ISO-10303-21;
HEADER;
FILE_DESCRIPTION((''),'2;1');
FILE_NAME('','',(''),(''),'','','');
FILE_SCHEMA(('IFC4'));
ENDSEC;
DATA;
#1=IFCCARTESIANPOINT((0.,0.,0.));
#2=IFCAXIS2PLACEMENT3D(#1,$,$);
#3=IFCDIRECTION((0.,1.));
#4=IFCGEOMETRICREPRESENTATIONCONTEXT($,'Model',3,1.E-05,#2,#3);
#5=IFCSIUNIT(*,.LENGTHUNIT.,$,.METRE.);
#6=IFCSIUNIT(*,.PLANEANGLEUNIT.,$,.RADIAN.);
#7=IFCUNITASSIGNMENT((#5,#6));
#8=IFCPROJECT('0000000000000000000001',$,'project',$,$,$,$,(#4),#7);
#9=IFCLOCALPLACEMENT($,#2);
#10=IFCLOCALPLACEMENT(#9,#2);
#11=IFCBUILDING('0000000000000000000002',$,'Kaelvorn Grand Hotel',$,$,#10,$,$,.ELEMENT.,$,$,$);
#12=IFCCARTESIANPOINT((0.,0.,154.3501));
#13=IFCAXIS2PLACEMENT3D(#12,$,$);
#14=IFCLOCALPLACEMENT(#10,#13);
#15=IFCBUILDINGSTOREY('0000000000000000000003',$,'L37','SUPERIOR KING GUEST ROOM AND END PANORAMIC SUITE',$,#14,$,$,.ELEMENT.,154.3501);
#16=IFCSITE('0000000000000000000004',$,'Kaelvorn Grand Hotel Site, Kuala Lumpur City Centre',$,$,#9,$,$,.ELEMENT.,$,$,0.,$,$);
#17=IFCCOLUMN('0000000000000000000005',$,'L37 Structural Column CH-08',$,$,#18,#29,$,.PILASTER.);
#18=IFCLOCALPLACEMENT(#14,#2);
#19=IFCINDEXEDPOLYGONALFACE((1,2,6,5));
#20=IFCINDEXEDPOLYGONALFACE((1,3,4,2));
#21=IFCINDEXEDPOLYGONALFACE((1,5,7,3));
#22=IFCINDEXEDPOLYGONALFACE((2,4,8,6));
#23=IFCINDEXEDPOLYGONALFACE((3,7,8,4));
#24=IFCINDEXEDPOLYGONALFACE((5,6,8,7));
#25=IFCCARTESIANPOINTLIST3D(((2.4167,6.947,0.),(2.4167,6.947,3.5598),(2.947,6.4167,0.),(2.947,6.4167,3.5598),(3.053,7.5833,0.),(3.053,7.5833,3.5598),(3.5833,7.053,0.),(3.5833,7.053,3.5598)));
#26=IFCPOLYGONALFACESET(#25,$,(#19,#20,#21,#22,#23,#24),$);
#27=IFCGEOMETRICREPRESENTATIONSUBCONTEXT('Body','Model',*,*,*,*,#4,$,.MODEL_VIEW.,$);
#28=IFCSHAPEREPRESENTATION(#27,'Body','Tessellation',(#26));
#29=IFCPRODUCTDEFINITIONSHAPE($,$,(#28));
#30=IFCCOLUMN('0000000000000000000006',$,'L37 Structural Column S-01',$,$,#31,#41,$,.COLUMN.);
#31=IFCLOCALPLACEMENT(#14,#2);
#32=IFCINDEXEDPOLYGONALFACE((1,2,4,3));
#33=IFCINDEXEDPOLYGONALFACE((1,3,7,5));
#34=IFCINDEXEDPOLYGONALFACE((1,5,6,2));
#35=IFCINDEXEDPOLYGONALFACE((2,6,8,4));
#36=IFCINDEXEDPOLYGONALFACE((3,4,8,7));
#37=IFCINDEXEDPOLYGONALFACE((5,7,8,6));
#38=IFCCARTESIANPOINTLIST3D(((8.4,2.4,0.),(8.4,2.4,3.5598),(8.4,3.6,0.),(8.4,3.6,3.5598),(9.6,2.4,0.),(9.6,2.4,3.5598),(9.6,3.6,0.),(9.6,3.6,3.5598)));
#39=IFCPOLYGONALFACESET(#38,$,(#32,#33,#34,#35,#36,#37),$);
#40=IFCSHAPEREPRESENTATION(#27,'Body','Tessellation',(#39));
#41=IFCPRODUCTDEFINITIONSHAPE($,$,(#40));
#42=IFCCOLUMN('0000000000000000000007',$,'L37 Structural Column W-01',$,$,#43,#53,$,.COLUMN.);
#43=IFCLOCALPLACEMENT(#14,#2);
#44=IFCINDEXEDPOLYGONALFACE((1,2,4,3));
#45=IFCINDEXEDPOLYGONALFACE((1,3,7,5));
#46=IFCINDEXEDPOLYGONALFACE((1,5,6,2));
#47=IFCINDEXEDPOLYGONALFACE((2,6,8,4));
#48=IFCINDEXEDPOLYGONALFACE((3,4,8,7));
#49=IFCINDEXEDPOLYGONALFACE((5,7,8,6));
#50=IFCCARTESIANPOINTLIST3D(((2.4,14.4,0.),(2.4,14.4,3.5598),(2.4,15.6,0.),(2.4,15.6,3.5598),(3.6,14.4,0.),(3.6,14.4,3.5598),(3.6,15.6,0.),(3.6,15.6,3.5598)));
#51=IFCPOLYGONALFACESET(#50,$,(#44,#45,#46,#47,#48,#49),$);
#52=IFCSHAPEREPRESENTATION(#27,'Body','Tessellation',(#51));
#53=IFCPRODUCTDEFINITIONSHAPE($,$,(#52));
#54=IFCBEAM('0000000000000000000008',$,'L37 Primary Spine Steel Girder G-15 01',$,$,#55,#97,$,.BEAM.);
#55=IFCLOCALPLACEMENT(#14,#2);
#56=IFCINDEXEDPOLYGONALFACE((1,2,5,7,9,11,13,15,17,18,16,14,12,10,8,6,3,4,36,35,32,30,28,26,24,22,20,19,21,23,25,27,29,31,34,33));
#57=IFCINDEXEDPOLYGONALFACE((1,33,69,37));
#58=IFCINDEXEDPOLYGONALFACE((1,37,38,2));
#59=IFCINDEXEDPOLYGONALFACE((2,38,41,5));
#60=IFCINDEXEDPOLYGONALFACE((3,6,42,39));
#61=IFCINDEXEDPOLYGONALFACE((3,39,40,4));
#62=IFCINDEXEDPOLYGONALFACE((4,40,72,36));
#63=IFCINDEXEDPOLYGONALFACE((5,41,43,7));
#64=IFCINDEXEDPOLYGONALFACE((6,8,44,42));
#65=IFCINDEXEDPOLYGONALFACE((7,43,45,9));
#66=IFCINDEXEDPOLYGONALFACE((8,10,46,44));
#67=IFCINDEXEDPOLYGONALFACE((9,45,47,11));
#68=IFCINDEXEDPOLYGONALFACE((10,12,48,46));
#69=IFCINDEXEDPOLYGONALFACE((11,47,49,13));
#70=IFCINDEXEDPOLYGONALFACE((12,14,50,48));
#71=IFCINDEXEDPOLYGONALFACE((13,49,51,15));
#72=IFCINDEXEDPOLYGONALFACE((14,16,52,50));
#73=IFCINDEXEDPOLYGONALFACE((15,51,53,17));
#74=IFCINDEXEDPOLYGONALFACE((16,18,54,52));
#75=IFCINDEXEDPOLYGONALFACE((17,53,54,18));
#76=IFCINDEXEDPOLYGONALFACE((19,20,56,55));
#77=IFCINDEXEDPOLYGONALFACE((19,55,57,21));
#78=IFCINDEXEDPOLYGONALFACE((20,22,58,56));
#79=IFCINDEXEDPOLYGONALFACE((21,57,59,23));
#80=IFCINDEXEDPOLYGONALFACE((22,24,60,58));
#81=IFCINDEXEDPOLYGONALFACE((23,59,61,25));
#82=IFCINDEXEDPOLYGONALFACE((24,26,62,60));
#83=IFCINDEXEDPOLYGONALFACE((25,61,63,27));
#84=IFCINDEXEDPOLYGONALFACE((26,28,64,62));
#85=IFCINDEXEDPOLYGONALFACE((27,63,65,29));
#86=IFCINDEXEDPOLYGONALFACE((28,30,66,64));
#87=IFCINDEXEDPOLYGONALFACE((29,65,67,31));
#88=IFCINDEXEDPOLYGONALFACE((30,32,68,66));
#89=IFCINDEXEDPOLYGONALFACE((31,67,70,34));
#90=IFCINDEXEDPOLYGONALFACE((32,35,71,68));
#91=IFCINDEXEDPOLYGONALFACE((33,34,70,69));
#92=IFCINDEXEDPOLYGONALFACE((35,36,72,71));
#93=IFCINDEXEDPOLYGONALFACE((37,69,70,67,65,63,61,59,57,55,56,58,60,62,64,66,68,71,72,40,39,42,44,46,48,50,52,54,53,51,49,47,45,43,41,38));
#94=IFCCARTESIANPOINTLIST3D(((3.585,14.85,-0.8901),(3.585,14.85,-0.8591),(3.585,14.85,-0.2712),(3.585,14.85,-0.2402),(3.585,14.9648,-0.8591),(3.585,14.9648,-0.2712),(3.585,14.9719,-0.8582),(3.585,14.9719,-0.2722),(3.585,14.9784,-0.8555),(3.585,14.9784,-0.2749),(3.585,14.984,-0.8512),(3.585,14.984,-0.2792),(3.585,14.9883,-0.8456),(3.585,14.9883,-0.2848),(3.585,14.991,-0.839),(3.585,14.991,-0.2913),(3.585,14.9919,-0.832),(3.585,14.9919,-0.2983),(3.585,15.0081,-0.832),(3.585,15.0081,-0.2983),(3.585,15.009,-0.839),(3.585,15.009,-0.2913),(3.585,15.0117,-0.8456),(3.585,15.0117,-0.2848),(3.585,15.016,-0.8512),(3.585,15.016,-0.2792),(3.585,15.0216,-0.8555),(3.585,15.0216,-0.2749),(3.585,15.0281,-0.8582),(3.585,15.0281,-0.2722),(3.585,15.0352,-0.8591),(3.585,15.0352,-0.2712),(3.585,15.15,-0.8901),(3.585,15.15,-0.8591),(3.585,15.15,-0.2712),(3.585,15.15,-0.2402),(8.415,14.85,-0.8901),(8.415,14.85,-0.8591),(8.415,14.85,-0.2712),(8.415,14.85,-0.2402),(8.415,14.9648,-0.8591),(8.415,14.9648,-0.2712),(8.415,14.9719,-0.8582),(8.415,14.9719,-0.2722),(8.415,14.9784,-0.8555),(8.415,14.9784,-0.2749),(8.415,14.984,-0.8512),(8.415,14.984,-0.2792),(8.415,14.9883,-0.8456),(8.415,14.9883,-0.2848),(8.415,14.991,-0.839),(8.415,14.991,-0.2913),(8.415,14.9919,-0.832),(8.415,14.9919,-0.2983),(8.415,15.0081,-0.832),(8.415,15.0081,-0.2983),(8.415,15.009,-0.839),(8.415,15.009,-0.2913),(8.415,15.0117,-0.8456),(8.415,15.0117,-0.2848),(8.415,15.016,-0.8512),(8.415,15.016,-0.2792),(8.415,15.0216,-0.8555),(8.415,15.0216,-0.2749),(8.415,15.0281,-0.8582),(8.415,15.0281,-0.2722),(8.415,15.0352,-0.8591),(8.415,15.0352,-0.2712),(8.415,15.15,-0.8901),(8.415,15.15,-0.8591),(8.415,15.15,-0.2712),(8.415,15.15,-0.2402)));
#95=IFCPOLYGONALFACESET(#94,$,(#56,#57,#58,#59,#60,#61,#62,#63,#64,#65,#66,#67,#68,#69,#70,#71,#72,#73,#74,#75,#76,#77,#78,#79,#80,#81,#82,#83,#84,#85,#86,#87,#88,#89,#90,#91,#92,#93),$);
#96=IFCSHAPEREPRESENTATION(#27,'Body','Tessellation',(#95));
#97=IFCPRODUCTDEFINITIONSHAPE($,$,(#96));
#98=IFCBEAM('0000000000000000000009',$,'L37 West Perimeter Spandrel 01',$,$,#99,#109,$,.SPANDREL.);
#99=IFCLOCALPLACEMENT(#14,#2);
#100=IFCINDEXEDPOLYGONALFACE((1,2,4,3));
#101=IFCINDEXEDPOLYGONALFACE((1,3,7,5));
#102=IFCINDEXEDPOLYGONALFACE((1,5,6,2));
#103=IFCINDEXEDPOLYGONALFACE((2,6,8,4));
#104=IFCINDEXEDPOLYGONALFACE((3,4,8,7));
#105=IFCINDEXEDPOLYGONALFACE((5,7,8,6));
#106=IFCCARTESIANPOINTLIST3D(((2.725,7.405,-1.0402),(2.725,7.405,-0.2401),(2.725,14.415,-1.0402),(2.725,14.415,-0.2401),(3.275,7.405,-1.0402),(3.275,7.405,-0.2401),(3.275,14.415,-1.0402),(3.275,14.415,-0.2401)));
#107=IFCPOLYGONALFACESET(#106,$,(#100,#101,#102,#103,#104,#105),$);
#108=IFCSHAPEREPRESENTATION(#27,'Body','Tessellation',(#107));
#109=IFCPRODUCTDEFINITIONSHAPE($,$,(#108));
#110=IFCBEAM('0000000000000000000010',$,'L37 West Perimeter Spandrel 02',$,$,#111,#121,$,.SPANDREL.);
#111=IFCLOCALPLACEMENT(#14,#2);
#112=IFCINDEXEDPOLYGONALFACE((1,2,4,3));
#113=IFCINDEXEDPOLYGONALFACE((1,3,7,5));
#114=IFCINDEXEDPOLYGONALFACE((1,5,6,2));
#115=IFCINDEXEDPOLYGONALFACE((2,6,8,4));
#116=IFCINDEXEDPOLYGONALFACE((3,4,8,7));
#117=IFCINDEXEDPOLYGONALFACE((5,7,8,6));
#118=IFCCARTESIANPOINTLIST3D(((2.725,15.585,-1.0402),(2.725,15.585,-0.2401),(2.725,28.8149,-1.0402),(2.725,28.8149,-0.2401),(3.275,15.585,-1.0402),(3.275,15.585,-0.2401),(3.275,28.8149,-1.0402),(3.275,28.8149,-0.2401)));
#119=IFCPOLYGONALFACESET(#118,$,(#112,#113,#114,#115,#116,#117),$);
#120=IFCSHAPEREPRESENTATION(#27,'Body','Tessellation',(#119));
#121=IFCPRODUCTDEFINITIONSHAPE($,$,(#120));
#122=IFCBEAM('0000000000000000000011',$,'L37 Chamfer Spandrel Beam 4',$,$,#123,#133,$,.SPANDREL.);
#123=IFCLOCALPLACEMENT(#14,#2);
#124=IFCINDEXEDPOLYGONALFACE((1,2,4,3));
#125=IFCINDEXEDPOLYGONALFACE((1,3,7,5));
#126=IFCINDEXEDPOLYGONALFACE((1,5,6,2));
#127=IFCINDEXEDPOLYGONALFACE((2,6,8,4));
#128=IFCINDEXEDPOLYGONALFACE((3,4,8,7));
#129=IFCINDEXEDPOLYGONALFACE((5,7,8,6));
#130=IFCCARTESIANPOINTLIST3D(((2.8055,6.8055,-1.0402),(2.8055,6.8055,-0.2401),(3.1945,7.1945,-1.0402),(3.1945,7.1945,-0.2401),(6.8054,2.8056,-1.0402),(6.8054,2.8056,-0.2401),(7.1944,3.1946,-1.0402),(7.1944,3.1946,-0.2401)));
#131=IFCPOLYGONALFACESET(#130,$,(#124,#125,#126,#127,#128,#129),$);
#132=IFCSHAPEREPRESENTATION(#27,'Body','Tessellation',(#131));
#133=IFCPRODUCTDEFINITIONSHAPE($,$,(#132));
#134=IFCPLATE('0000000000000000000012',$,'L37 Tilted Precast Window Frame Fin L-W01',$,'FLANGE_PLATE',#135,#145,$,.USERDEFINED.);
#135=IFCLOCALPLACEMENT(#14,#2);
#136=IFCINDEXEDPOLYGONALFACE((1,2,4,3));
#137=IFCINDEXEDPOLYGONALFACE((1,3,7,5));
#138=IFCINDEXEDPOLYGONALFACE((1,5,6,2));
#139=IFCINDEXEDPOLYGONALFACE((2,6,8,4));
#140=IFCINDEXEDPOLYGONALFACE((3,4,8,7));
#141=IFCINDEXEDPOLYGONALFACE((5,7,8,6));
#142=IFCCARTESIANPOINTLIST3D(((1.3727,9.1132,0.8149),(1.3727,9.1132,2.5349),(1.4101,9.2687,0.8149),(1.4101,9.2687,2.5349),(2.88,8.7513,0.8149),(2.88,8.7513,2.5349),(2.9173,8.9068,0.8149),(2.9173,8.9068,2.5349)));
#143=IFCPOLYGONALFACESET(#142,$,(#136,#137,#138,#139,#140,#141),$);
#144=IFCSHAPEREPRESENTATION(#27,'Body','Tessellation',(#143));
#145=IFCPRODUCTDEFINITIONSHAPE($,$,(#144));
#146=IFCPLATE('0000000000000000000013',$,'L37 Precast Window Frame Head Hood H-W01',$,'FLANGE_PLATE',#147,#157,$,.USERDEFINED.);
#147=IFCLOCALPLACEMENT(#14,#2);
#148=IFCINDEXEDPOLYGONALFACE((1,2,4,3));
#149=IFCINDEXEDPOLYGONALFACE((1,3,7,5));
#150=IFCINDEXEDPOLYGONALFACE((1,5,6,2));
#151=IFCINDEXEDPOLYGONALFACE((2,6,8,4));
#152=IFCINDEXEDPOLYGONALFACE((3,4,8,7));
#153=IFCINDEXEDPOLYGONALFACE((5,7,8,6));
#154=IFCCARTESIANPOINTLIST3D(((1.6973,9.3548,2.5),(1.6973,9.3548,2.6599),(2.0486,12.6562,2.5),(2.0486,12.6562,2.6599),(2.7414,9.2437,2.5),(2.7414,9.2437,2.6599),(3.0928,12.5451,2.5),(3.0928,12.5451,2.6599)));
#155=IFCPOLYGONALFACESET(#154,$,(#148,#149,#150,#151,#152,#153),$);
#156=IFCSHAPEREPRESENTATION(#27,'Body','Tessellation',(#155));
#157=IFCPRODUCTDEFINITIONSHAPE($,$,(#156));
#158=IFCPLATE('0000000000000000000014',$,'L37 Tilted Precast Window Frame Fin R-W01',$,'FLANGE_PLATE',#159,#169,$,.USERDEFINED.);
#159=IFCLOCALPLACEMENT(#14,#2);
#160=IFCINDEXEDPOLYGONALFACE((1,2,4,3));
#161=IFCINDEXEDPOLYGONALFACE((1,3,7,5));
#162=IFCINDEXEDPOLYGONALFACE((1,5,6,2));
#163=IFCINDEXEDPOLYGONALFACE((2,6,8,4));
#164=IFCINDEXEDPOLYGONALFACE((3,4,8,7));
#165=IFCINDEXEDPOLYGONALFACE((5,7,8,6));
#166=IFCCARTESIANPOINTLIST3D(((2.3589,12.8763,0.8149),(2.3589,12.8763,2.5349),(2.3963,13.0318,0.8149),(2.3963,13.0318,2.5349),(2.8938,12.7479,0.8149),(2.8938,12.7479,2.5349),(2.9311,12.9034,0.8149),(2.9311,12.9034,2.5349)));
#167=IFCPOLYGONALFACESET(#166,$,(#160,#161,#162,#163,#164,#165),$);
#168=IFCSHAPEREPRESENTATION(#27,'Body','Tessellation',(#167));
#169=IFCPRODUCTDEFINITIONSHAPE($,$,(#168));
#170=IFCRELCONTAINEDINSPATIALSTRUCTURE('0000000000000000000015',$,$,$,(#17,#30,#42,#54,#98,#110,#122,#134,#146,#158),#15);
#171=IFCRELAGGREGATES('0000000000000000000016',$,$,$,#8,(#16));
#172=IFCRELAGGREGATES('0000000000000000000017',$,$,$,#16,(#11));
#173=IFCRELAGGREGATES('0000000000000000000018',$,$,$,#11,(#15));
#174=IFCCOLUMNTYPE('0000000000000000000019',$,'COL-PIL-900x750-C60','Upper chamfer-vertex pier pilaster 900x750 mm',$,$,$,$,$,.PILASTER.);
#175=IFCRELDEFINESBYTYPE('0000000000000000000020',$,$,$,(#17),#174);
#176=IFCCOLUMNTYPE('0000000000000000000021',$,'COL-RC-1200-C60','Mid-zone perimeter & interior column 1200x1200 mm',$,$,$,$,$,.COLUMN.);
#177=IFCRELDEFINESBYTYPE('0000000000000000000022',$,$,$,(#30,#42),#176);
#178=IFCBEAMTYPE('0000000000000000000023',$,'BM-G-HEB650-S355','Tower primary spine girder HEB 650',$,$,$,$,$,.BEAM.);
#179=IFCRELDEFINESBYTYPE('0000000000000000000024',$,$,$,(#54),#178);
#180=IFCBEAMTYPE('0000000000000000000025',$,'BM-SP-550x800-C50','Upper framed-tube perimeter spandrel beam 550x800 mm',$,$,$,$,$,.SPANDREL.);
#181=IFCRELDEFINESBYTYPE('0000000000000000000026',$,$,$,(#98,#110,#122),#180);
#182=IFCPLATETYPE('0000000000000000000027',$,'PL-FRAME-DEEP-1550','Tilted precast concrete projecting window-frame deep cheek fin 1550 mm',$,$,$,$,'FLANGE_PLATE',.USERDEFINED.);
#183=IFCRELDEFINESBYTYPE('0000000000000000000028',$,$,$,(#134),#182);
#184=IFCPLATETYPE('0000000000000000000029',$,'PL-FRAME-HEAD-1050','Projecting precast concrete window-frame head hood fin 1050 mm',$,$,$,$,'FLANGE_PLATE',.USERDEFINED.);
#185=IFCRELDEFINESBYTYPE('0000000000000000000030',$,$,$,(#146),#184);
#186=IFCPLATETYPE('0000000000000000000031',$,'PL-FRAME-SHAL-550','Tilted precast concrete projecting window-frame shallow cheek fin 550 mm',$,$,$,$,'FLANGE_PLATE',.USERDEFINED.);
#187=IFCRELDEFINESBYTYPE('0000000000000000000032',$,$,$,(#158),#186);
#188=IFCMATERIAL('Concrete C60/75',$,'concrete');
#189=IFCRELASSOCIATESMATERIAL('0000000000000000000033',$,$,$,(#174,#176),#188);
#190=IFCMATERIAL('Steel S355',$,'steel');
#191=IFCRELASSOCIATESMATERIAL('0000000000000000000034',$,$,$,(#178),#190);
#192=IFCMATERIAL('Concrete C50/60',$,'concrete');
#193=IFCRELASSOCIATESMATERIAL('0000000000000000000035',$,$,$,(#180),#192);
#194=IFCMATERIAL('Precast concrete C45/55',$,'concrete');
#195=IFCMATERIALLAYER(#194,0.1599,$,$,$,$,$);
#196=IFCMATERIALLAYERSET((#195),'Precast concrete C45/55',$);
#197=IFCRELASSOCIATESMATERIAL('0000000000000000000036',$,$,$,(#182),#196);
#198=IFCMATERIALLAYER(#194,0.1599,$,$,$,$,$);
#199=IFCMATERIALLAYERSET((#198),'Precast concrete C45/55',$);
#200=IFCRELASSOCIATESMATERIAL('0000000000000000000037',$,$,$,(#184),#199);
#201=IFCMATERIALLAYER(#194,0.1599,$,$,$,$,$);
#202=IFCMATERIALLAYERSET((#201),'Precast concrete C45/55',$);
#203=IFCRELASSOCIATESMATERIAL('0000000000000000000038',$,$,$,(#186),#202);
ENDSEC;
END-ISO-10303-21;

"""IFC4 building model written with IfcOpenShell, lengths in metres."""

from ifc_helpers import new_model, si_unit, direction, frame, origin, origin_2d, place, context, subcontext, project, spatial, rectangle, i_section, extrude, material, layer, layer_set, material_profile, profile_set, type_object, element, save


model = new_model("IFC4")

# Units and contexts
model_context = context("Model", 3, precision=1e-05, world=origin(), true_north=direction((0.0, 1.0)))
body_context = subcontext(model_context, "Body", "Model", "MODEL_VIEW")
ifc_project = project(units=[si_unit("LENGTHUNIT", "METRE"), si_unit("PLANEANGLEUNIT", "RADIAN")], contexts=[model_context])

# Site, building, storey
site_placement = place(None, origin())
site = spatial("IfcSite", under=ifc_project, at=site_placement, Name="Kaelvorn Grand Hotel Site, Kuala Lumpur City Centre", CompositionType="ELEMENT", RefElevation=0.0)
building_placement = place(site_placement, origin())
building = spatial("IfcBuilding", under=site, at=building_placement, Name="Kaelvorn Grand Hotel", CompositionType="ELEMENT")
storey_placement = place(building_placement, frame((0.0, 0.0, 154.3501)))
storey = spatial("IfcBuildingStorey", under=building, at=storey_placement, Name="L37", Description="SUPERIOR KING GUEST ROOM AND END PANORAMIC SUITE", CompositionType="ELEMENT", Elevation=154.3501)

# Columns
ifc_material_1 = material(Name="Concrete C60/75", Category="concrete")
ifc_material_profile_1 = material_profile(ifc_material_1, rectangle(XDim=0.8999, YDim=0.75, at=origin_2d()), Name="RC PILASTER 900x750")
ifc_profile_set_1 = profile_set([ifc_material_profile_1], Name="Concrete C60/75")
column_type_1 = type_object("IfcColumnType", Name="COL-PIL-900x750-C60", Description="Upper chamfer-vertex pier pilaster 900x750 mm", PredefinedType="PILASTER", material=ifc_profile_set_1)
column_placement = place(storey_placement, frame((3.0, 7.0, 0.0), z_axis=(0.0, 0.0, 1.0), x_axis=(0.707107, 0.707107, 0.0)))
element("IfcColumn", 1, at=column_placement, inside=storey, type_object=column_type_1, Name="L37 Structural Column CH-08", PredefinedType="PILASTER", context=body_context, shape_type="SweptSolid", body=[
    extrude(rectangle(XDim=0.8999, YDim=0.75, at=origin_2d()), origin(), (0.0, 0.0, 1.0), 3.5598),
])
ifc_material_profile_2 = material_profile(ifc_material_1, rectangle(XDim=1.2, YDim=1.2, at=origin_2d()), Name="RC COL 1200x1200")
ifc_profile_set_2 = profile_set([ifc_material_profile_2], Name="Concrete C60/75")
column_type_2 = type_object("IfcColumnType", Name="COL-RC-1200-C60", Description="Mid-zone perimeter & interior column 1200x1200 mm", PredefinedType="COLUMN", material=ifc_profile_set_2)
for number, where, z_axis, x_axis, name in (
    (2, (9.0, 3.0, 0.0), (0.0, 0.0, 1.0), (1.0, 0.0, 0.0), "L37 Structural Column S-01"),
    (3, (3.0, 15.0, 0.0), (0.0, 0.0, 1.0), (1.0, 0.0, 0.0), "L37 Structural Column W-01"),
):
    element("IfcColumn", number, at=place(storey_placement, frame(where, z_axis=z_axis, x_axis=x_axis)), inside=storey, type_object=column_type_2, Name=name, PredefinedType="COLUMN", context=body_context, shape_type="SweptSolid", body=[
        extrude(rectangle(XDim=1.2, YDim=1.2, at=origin_2d()), origin(), (0.0, 0.0, 1.0), 3.5598),
    ])

# Beams
ifc_material_2 = material(Name="Steel S355", Category="steel")
ifc_material_profile_3 = material_profile(ifc_material_2, i_section(OverallWidth=0.3, OverallDepth=0.6499, WebThickness=0.0161, FlangeThickness=0.031, FilletRadius=0.0271, at=origin_2d()), Name="HEB 650")
ifc_profile_set_3 = profile_set([ifc_material_profile_3], Name="Steel S355")
beam_type_1 = type_object("IfcBeamType", Name="BM-G-HEB650-S355", Description="Tower primary spine girder HEB 650", PredefinedType="BEAM", material=ifc_profile_set_3)
beam_1_placement = place(storey_placement, frame((3.585, 15.0, -0.5652), z_axis=(1.0, 0.0, 0.0), x_axis=(0.0, 1.0, 0.0)))
element("IfcBeam", 4, at=beam_1_placement, inside=storey, type_object=beam_type_1, Name="L37 Primary Spine Steel Girder G-15 01", PredefinedType="BEAM", context=body_context, shape_type="SweptSolid", body=[
    extrude(i_section(OverallWidth=0.3, OverallDepth=0.6499, WebThickness=0.0161, FlangeThickness=0.031, FilletRadius=0.0271, at=origin_2d()), origin(), (0.0, 0.0, 1.0), 4.8301),
])
ifc_material_3 = material(Name="Concrete C50/60", Category="concrete")
ifc_material_profile_4 = material_profile(ifc_material_3, rectangle(XDim=0.55, YDim=0.8, at=origin_2d()), Name="RC SPANDREL 550x800")
ifc_profile_set_4 = profile_set([ifc_material_profile_4], Name="Concrete C50/60")
beam_type_2 = type_object("IfcBeamType", Name="BM-SP-550x800-C50", Description="Upper framed-tube perimeter spandrel beam 550x800 mm", PredefinedType="SPANDREL", material=ifc_profile_set_4)
beam_2_placement = place(storey_placement, frame((3.0, 7.405, -0.6401), z_axis=(0.0, 1.0, 0.0), x_axis=(-1.0, 0.0, 0.0)))
element("IfcBeam", 5, at=beam_2_placement, inside=storey, type_object=beam_type_2, Name="L37 West Perimeter Spandrel 01", PredefinedType="SPANDREL", context=body_context, shape_type="SweptSolid", body=[
    extrude(rectangle(XDim=0.55, YDim=0.8, at=origin_2d()), origin(), (0.0, 0.0, 1.0), 7.01),
])
beam_3_placement = place(storey_placement, frame((3.0, 15.585, -0.6401), z_axis=(0.0, 1.0, 0.0), x_axis=(-1.0, 0.0, 0.0)))
element("IfcBeam", 6, at=beam_3_placement, inside=storey, type_object=beam_type_2, Name="L37 West Perimeter Spandrel 02", PredefinedType="SPANDREL", context=body_context, shape_type="SweptSolid", body=[
    extrude(rectangle(XDim=0.55, YDim=0.8, at=origin_2d()), origin(), (0.0, 0.0, 1.0), 13.23),
])
beam_4_placement = place(storey_placement, frame((3.0, 7.0, -0.6401), z_axis=(0.707107, -0.707107, 0.0), x_axis=(0.707107, 0.707107, 0.0)))
element("IfcBeam", 7, at=beam_4_placement, inside=storey, type_object=beam_type_2, Name="L37 Chamfer Spandrel Beam 4", PredefinedType="SPANDREL", context=body_context, shape_type="SweptSolid", body=[
    extrude(rectangle(XDim=0.55, YDim=0.8, at=origin_2d()), origin(), (0.0, 0.0, 1.0), 5.6567),
])

# Plates
ifc_material_4 = material(Name="Precast concrete C45/55", Category="concrete")
ifc_layer_1 = layer(ifc_material_4, 0.1599)
ifc_layer_set_1 = layer_set([ifc_layer_1], Name="Precast concrete C45/55")
plate_type_1 = type_object("IfcPlateType", Name="PL-FRAME-DEEP-1550", Description="Tilted precast concrete projecting window-frame deep cheek fin 1550 mm", ElementType="FLANGE_PLATE", PredefinedType="USERDEFINED", material=ifc_layer_set_1)
plate_1_placement = place(storey_placement, frame((2.145, 9.01, 0.8149), z_axis=(0.0, 0.0, 1.0), x_axis=(0.233445, 0.97237, 0.0)))
element("IfcPlate", 8, at=plate_1_placement, inside=storey, type_object=plate_type_1, Name="L37 Tilted Precast Window Frame Fin L-W01", ObjectType="FLANGE_PLATE", PredefinedType="USERDEFINED", context=body_context, shape_type="SweptSolid", body=[
    extrude(rectangle(XDim=0.1599, YDim=1.55, at=origin_2d()), origin(), (0.0, 0.0, 1.0), 1.72),
])
ifc_layer_2 = layer(ifc_material_4, 0.1599)
ifc_layer_set_2 = layer_set([ifc_layer_2], Name="Precast concrete C45/55")
plate_type_2 = type_object("IfcPlateType", Name="PL-FRAME-HEAD-1050", Description="Projecting precast concrete window-frame head hood fin 1050 mm", ElementType="FLANGE_PLATE", PredefinedType="USERDEFINED", material=ifc_layer_set_2)
plate_2_placement = place(storey_placement, frame((2.395, 10.95, 2.5), z_axis=(0.0, 0.0, 1.0), x_axis=(0.10583, 0.994384, 0.0)))
element("IfcPlate", 9, at=plate_2_placement, inside=storey, type_object=plate_type_2, Name="L37 Precast Window Frame Head Hood H-W01", ObjectType="FLANGE_PLATE", PredefinedType="USERDEFINED", context=body_context, shape_type="SweptSolid", body=[
    extrude(rectangle(XDim=3.3201, YDim=1.05, at=origin_2d()), origin(), (0.0, 0.0, 1.0), 0.1599),
])
ifc_layer_3 = layer(ifc_material_4, 0.1599)
ifc_layer_set_3 = layer_set([ifc_layer_3], Name="Precast concrete C45/55")
plate_type_3 = type_object("IfcPlateType", Name="PL-FRAME-SHAL-550", Description="Tilted precast concrete projecting window-frame shallow cheek fin 550 mm", ElementType="FLANGE_PLATE", PredefinedType="USERDEFINED", material=ifc_layer_set_3)
plate_3_placement = place(storey_placement, frame((2.645, 12.8899, 0.8149), z_axis=(0.0, 0.0, 1.0), x_axis=(0.233445, 0.97237, 0.0)))
element("IfcPlate", 10, at=plate_3_placement, inside=storey, type_object=plate_type_3, Name="L37 Tilted Precast Window Frame Fin R-W01", ObjectType="FLANGE_PLATE", PredefinedType="USERDEFINED", context=body_context, shape_type="SweptSolid", body=[
    extrude(rectangle(XDim=0.1599, YDim=0.55, at=origin_2d()), origin(), (0.0, 0.0, 1.0), 1.72),
])

save(model, "model.ifc")
